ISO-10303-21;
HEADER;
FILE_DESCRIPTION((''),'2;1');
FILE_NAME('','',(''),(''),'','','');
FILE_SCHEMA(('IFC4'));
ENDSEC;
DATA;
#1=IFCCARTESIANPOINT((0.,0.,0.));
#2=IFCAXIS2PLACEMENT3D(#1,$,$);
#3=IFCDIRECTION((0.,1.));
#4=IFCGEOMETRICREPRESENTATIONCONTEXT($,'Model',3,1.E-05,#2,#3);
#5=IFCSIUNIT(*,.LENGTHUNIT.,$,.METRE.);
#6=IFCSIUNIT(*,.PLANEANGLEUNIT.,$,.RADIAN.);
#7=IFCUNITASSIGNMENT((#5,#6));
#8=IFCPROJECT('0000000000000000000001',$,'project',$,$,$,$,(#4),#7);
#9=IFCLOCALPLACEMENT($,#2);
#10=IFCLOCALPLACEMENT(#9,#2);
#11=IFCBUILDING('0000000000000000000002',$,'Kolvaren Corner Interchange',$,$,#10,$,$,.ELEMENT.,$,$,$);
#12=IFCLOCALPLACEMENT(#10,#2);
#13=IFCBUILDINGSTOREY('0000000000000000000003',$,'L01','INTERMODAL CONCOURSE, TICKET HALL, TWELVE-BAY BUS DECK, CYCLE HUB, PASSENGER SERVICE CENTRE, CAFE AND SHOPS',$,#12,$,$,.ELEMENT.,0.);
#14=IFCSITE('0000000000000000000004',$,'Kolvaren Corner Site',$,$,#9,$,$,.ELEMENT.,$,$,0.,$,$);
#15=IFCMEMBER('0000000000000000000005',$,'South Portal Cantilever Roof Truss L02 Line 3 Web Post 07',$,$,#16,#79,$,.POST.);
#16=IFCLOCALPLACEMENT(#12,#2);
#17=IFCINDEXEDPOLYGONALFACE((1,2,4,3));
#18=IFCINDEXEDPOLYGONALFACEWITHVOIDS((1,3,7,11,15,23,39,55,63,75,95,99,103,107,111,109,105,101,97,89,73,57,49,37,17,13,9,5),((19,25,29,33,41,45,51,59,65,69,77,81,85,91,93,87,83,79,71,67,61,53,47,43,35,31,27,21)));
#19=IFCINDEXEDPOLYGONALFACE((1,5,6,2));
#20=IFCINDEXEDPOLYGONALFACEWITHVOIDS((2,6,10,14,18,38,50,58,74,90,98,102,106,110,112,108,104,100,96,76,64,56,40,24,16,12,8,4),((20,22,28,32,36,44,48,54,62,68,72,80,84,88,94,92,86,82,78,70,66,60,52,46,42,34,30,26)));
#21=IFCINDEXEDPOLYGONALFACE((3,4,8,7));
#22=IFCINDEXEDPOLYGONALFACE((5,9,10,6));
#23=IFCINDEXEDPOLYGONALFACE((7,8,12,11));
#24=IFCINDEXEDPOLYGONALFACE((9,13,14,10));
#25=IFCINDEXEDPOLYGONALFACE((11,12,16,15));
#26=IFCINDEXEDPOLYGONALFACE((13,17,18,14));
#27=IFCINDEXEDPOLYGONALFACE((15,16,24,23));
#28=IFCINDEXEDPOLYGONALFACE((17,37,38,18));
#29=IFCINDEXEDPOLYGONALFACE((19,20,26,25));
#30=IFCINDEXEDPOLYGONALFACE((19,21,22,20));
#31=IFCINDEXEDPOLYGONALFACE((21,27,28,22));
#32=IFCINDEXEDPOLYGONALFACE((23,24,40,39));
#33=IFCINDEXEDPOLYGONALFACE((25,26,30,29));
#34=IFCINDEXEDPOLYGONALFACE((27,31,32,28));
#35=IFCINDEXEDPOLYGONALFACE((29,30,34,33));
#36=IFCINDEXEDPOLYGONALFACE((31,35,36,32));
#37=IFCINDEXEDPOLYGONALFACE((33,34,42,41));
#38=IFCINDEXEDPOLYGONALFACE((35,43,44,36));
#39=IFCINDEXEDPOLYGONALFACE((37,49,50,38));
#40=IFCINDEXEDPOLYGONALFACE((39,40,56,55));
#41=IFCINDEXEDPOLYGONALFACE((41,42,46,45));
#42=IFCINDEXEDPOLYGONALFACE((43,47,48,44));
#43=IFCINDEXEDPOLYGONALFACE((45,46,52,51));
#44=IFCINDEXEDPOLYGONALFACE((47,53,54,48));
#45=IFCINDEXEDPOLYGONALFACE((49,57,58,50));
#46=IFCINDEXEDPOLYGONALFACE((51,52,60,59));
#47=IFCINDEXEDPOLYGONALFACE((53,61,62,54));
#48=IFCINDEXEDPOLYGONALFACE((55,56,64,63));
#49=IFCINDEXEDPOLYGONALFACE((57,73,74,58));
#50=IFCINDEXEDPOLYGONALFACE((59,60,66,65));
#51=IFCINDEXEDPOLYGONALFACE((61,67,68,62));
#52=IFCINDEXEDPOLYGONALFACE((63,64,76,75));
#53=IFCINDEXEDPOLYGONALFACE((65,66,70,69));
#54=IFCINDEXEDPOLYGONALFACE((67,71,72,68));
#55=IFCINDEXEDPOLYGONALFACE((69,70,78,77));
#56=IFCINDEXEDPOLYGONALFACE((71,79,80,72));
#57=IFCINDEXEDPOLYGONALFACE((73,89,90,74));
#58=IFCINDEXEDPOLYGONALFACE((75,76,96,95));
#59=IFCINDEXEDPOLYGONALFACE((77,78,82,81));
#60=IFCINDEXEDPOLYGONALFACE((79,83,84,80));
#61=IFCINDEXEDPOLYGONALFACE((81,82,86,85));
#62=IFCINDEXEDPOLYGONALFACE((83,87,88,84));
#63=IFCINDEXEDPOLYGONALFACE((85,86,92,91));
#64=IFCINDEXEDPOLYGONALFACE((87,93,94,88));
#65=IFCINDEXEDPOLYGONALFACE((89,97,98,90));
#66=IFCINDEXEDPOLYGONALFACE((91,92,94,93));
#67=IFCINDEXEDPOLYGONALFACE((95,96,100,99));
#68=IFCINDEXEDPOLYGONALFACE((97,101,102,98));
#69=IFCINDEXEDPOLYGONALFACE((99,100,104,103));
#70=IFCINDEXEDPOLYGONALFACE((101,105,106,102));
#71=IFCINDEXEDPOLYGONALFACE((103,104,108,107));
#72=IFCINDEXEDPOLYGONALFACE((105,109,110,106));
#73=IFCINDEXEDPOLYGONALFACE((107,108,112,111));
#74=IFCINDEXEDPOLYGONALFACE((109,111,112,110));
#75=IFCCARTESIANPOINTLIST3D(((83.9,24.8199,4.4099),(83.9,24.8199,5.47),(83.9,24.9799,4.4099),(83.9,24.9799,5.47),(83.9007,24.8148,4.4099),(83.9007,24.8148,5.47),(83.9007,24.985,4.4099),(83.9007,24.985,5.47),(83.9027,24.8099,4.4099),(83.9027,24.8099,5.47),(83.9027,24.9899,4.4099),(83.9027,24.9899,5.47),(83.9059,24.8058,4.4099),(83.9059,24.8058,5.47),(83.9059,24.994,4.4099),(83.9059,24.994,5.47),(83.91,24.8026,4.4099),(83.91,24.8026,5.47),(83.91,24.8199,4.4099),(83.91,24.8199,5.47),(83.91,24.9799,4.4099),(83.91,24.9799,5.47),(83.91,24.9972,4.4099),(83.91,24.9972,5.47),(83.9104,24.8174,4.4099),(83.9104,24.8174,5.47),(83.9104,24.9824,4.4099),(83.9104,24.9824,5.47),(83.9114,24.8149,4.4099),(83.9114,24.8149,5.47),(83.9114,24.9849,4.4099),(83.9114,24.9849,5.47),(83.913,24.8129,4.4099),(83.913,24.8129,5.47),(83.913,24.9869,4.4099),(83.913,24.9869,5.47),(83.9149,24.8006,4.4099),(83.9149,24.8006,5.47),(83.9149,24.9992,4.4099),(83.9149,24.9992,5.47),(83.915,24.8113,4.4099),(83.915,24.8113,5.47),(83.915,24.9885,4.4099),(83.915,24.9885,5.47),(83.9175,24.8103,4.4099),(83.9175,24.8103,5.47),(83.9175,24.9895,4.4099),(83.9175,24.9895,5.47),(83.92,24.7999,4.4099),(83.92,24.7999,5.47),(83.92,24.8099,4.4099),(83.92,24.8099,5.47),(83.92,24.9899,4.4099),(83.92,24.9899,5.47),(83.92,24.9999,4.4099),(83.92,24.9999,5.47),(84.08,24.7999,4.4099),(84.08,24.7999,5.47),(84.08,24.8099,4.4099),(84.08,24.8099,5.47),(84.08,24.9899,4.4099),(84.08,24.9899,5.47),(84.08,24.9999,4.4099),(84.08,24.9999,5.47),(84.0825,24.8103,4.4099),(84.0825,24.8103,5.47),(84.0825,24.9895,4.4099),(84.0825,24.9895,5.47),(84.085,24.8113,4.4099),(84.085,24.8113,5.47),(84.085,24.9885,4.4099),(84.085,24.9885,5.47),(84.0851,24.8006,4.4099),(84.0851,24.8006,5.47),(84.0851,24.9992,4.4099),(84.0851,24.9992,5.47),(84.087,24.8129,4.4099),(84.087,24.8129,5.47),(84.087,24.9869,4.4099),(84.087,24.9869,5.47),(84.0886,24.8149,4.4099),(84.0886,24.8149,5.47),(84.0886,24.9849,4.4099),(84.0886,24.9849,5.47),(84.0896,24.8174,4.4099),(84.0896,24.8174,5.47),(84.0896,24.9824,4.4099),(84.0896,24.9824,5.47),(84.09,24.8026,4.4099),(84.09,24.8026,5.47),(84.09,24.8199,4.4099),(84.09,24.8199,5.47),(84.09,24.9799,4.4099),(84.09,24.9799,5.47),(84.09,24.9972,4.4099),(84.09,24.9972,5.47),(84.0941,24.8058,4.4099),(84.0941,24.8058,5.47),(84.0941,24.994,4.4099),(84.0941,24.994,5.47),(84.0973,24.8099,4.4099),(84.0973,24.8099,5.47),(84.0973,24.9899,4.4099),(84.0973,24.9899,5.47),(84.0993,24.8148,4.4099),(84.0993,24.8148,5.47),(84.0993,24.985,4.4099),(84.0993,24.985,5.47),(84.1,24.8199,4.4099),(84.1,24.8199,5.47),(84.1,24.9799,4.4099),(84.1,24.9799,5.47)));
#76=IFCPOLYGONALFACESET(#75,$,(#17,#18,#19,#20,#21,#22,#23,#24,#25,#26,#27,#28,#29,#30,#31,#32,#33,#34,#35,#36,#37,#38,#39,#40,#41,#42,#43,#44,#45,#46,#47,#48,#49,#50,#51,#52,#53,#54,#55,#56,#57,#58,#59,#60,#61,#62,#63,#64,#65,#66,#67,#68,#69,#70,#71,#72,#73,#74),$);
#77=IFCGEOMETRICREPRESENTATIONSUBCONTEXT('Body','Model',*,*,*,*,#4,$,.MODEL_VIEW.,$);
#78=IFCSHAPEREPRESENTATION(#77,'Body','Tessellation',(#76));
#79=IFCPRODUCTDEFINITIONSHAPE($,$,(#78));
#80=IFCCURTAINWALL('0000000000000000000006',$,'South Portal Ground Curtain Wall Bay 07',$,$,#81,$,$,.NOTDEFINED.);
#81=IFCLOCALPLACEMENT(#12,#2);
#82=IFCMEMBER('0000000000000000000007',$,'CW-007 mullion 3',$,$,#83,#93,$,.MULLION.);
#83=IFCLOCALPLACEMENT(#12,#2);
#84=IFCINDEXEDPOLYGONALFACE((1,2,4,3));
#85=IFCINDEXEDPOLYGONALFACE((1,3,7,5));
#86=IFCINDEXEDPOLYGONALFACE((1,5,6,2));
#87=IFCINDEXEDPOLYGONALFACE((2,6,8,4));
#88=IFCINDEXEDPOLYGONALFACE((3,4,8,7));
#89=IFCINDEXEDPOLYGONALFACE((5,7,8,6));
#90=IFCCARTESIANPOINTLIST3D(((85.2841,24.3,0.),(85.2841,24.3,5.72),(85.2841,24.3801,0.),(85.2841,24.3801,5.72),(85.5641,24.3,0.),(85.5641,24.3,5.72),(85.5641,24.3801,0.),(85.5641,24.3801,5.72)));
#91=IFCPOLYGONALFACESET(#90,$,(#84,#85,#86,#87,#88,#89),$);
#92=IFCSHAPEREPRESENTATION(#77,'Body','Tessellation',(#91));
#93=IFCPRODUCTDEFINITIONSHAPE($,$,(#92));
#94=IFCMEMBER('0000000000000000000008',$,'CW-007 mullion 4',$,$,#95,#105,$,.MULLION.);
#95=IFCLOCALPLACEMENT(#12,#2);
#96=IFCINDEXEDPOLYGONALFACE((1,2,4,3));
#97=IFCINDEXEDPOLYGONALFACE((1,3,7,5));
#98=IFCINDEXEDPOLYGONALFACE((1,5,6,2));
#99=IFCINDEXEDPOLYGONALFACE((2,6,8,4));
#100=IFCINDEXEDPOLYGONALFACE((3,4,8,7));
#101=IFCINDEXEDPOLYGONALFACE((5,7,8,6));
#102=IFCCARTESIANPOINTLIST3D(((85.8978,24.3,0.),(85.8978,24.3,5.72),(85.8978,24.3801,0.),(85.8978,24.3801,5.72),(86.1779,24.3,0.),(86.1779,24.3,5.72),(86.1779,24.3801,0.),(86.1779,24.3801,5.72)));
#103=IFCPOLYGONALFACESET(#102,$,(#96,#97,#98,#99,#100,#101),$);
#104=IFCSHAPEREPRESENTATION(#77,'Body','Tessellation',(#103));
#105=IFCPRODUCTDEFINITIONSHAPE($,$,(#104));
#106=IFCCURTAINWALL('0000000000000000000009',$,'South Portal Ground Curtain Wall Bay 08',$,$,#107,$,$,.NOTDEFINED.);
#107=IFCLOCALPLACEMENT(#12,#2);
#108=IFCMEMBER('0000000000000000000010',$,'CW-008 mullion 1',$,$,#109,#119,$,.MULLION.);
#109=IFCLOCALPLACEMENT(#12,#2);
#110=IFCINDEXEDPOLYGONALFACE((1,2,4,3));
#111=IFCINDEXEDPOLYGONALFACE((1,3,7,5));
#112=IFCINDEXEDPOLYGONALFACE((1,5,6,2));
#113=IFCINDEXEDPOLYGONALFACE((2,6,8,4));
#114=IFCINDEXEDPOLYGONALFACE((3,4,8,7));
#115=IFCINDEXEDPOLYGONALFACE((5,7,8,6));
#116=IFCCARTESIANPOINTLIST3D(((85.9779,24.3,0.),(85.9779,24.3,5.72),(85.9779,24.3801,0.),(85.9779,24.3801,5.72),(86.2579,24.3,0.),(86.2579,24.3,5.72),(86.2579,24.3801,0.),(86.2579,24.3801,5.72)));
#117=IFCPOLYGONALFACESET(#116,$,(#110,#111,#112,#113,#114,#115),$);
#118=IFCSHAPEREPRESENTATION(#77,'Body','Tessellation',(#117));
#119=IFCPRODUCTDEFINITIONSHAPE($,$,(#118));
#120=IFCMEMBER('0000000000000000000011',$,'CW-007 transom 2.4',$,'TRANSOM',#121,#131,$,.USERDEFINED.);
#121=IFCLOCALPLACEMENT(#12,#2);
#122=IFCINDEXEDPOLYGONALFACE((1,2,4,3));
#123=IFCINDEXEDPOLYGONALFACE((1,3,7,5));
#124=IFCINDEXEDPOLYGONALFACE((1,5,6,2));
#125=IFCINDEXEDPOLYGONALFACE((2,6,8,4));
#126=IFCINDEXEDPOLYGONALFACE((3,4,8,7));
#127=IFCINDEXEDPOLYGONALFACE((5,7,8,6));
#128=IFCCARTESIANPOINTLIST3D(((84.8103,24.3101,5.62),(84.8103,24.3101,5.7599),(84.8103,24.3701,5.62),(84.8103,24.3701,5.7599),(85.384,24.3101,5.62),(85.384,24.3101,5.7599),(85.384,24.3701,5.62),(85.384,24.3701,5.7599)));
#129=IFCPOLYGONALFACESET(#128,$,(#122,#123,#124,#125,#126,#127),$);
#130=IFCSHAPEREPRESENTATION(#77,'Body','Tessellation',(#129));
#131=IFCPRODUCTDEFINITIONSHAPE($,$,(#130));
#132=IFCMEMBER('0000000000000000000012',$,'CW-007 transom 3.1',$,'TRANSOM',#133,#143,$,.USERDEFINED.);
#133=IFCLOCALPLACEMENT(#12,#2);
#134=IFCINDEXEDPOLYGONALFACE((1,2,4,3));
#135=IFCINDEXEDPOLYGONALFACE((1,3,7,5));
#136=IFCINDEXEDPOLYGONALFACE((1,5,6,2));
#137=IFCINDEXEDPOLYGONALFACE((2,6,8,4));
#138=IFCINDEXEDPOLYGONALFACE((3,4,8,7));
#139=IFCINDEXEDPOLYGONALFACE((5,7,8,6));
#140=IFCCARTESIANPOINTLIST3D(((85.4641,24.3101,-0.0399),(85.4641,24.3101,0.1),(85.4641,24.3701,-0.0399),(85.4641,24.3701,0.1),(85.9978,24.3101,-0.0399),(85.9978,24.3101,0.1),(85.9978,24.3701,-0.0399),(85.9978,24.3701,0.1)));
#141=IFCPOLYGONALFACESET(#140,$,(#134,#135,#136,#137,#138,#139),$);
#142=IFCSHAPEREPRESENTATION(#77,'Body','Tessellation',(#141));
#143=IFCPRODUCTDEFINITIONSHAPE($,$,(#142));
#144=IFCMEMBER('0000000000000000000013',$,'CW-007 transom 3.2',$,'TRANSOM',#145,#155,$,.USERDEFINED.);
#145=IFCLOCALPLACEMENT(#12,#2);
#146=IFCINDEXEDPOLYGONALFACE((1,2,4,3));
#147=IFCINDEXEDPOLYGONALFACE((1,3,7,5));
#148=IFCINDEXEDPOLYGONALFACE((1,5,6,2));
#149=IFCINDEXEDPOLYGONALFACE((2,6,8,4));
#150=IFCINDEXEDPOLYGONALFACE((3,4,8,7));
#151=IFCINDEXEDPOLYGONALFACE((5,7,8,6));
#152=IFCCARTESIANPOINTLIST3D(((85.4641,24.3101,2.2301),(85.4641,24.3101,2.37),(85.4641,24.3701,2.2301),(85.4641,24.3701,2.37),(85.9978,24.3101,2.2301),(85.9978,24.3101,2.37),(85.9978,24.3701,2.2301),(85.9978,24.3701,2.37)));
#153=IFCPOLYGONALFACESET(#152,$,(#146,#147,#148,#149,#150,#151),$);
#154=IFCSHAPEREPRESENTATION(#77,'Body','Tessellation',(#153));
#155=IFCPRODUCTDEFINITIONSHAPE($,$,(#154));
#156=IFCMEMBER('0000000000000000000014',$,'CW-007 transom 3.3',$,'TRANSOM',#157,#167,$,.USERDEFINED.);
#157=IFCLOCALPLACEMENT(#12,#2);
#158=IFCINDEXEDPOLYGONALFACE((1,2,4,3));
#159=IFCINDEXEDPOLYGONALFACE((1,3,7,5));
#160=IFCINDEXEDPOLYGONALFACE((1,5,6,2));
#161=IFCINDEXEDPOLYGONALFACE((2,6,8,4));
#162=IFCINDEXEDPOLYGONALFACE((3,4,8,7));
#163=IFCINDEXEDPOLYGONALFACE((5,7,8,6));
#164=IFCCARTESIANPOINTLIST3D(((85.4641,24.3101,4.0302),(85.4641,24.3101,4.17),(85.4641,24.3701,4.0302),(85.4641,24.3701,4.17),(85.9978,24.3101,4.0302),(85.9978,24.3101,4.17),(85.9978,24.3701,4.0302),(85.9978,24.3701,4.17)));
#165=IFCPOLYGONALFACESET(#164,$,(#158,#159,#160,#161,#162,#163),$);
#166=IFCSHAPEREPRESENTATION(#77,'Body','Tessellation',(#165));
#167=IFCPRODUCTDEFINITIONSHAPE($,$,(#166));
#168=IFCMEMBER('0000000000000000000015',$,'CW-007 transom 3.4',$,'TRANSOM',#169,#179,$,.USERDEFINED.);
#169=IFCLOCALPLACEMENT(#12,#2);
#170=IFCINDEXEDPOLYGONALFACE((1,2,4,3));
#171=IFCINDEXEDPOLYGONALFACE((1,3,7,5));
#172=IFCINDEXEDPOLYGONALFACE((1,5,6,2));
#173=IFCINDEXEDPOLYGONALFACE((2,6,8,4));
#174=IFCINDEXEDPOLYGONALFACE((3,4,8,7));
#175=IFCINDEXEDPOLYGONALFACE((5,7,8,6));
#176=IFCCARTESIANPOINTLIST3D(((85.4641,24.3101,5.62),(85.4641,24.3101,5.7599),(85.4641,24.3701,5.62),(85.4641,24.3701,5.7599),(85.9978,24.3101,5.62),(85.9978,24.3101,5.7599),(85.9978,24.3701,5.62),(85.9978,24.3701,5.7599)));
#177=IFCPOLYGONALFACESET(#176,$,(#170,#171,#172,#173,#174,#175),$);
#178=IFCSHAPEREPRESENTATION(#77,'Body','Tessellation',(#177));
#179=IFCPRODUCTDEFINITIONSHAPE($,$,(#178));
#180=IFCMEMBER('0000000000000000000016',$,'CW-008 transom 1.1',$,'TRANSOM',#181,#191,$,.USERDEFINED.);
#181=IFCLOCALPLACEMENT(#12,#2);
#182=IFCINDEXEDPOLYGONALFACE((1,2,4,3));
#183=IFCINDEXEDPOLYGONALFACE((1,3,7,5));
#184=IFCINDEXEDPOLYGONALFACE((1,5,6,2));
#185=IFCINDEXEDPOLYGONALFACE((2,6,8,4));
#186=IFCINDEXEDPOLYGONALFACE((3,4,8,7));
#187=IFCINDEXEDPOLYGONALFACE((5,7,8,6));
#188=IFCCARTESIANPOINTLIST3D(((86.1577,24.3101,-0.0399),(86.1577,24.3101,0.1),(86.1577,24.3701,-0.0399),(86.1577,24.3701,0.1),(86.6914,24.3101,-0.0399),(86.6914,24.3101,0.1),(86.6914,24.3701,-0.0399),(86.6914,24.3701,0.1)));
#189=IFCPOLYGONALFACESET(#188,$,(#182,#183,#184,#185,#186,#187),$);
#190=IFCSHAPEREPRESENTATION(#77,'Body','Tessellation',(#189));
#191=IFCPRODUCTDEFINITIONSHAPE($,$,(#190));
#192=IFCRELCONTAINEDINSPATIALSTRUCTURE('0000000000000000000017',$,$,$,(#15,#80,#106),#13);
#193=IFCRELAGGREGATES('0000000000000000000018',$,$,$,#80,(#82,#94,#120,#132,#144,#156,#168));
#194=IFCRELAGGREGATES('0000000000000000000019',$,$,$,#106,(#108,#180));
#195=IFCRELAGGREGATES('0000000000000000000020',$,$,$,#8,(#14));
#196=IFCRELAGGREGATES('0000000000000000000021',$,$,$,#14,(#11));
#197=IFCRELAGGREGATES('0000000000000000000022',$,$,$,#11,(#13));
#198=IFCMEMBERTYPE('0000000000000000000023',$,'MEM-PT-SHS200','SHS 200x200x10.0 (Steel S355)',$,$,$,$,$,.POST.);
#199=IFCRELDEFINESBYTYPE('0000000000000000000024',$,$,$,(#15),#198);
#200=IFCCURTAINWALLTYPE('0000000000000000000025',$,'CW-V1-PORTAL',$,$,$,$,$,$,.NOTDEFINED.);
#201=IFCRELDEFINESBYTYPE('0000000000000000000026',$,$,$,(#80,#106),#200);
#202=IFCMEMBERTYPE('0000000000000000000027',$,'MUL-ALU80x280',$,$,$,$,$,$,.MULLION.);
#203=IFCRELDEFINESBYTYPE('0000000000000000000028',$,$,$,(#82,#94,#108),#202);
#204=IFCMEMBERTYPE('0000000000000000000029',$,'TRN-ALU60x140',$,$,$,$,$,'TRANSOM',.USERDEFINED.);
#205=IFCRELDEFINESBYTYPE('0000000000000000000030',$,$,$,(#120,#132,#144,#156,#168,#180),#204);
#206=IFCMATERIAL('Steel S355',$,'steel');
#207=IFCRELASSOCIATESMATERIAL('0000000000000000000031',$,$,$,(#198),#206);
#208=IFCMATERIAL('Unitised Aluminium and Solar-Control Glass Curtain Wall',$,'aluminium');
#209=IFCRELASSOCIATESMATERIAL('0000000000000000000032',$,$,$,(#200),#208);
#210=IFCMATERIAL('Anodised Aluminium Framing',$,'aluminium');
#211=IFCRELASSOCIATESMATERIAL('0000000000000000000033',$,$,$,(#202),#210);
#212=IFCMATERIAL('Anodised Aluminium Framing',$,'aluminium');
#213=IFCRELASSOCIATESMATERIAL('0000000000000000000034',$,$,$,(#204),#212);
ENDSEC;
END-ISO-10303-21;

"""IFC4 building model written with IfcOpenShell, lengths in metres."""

from ifc_helpers import new_model, si_unit, direction, frame, origin, origin_2d, place, context, subcontext, project, spatial, rectangle, hollow_rectangle, extrude, material, material_profile, profile_set, type_object, element, aggregate, save


model = new_model("IFC4")

# Units and contexts
model_context = context("Model", 3, precision=1e-05, world=origin(), true_north=direction((0.0, 1.0)))
body_context = subcontext(model_context, "Body", "Model", "MODEL_VIEW")
ifc_project = project(units=[si_unit("LENGTHUNIT", "METRE"), si_unit("PLANEANGLEUNIT", "RADIAN")], contexts=[model_context])

# Site, building, storey
site_placement = place(None, origin())
site = spatial("IfcSite", under=ifc_project, at=site_placement, Name="Kolvaren Corner Site", CompositionType="ELEMENT", RefElevation=0.0)
building_placement = place(site_placement, origin())
building = spatial("IfcBuilding", under=site, at=building_placement, Name="Kolvaren Corner Interchange", CompositionType="ELEMENT")
storey_placement = place(building_placement, origin())
storey = spatial("IfcBuildingStorey", under=building, at=storey_placement, Name="L01", Description="INTERMODAL CONCOURSE, TICKET HALL, TWELVE-BAY BUS DECK, CYCLE HUB, PASSENGER SERVICE CENTRE, CAFE AND SHOPS", CompositionType="ELEMENT", Elevation=0.0)

# Member
ifc_material_1 = material(Name="Steel S355", Category="steel")
ifc_material_profile_1 = material_profile(ifc_material_1, hollow_rectangle(XDim=0.2, YDim=0.2, WallThickness=0.01, InnerFilletRadius=0.01, OuterFilletRadius=0.02, at=origin_2d()), Name="SHS 200x200x10.0")
ifc_profile_set_1 = profile_set([ifc_material_profile_1], Name="Steel S355")
member_type_1 = type_object("IfcMemberType", Name="MEM-PT-SHS200", Description="SHS 200x200x10.0 (Steel S355)", PredefinedType="POST", material=ifc_profile_set_1)
member_1_placement = place(storey_placement, frame((84.0, 24.8999, 4.4099), z_axis=(0.0, 0.0, 1.0), x_axis=(1.0, 0.0, 0.0)))
element("IfcMember", 1, at=member_1_placement, inside=storey, type_object=member_type_1, Name="South Portal Cantilever Roof Truss L02 Line 3 Web Post 07", PredefinedType="POST", context=body_context, shape_type="SweptSolid", body=[
    extrude(hollow_rectangle(XDim=0.2, YDim=0.2, WallThickness=0.01, InnerFilletRadius=0.01, OuterFilletRadius=0.02, at=origin_2d()), origin(), (0.0, 0.0, 1.0), 1.0601),
])

# Curtain wall, members
ifc_material_2 = material(Name="Unitised Aluminium and Solar-Control Glass Curtain Wall", Category="aluminium")
curtain_wall_type = type_object("IfcCurtainWallType", Name="CW-V1-PORTAL", PredefinedType="NOTDEFINED", material=ifc_material_2)
curtain_wall_1_placement = place(storey_placement, origin())
curtain_wall_1 = element("IfcCurtainWall", 2, at=curtain_wall_1_placement, inside=storey, type_object=curtain_wall_type, Name="South Portal Ground Curtain Wall Bay 07", PredefinedType="NOTDEFINED")
ifc_material_3 = material(Name="Anodised Aluminium Framing", Category="aluminium")
ifc_material_profile_2 = material_profile(ifc_material_3, rectangle(XDim=0.0801, YDim=0.28, at=origin_2d()), Name="ALU 80x280")
ifc_profile_set_2 = profile_set([ifc_material_profile_2], Name="Anodised Aluminium Framing")
member_type_2 = type_object("IfcMemberType", Name="MUL-ALU80x280", PredefinedType="MULLION", material=ifc_profile_set_2)
member_2_placement = place(storey_placement, frame((85.4241, 24.3401, 0.0), z_axis=(0.0, 0.0, 1.0), x_axis=(0.0, 1.0, 0.0)))
member_2 = element("IfcMember", 3, at=member_2_placement, type_object=member_type_2, Name="CW-007 mullion 3", PredefinedType="MULLION", context=body_context, shape_type="SweptSolid", body=[
    extrude(rectangle(XDim=0.0801, YDim=0.28, at=origin_2d()), origin(), (0.0, 0.0, 1.0), 5.72),
])
member_3_placement = place(storey_placement, frame((86.0378, 24.3401, 0.0), z_axis=(0.0, 0.0, 1.0), x_axis=(0.0, 1.0, 0.0)))
member_3 = element("IfcMember", 4, at=member_3_placement, type_object=member_type_2, Name="CW-007 mullion 4", PredefinedType="MULLION", context=body_context, shape_type="SweptSolid", body=[
    extrude(rectangle(XDim=0.0801, YDim=0.28, at=origin_2d()), origin(), (0.0, 0.0, 1.0), 5.72),
])

# Curtain wall, member
curtain_wall_2_placement = place(storey_placement, origin())
curtain_wall_2 = element("IfcCurtainWall", 5, at=curtain_wall_2_placement, inside=storey, type_object=curtain_wall_type, Name="South Portal Ground Curtain Wall Bay 08", PredefinedType="NOTDEFINED")
member_4_placement = place(storey_placement, frame((86.1179, 24.3401, 0.0), z_axis=(0.0, 0.0, 1.0), x_axis=(0.0, 1.0, 0.0)))
member_4 = element("IfcMember", 6, at=member_4_placement, type_object=member_type_2, Name="CW-008 mullion 1", PredefinedType="MULLION", context=body_context, shape_type="SweptSolid", body=[
    extrude(rectangle(XDim=0.0801, YDim=0.28, at=origin_2d()), origin(), (0.0, 0.0, 1.0), 5.72),
])

# Members
ifc_material_4 = material(Name="Anodised Aluminium Framing", Category="aluminium")
ifc_material_profile_3 = material_profile(ifc_material_4, rectangle(XDim=0.0601, YDim=0.1399, at=origin_2d()), Name="ALU 60x140")
ifc_profile_set_3 = profile_set([ifc_material_profile_3], Name="Anodised Aluminium Framing")
member_type_3 = type_object("IfcMemberType", Name="TRN-ALU60x140", ElementType="TRANSOM", PredefinedType="USERDEFINED", material=ifc_profile_set_3)
member_5_placement = place(storey_placement, frame((84.8103, 24.3401, 5.6899), z_axis=(1.0, 0.0, 0.0), x_axis=(0.0, 1.0, 0.0)))
member_5 = element("IfcMember", 7, at=member_5_placement, type_object=member_type_3, Name="CW-007 transom 2.4", ObjectType="TRANSOM", PredefinedType="USERDEFINED", context=body_context, shape_type="SweptSolid", body=[
    extrude(rectangle(XDim=0.0601, YDim=0.1399, at=origin_2d()), origin(), (0.0, 0.0, 1.0), 0.5737),
])
member_6_placement = place(storey_placement, frame((85.4641, 24.3401, 0.03), z_axis=(1.0, 0.0, 0.0), x_axis=(0.0, 1.0, 0.0)))
member_6 = element("IfcMember", 8, at=member_6_placement, type_object=member_type_3, Name="CW-007 transom 3.1", ObjectType="TRANSOM", PredefinedType="USERDEFINED", context=body_context, shape_type="SweptSolid", body=[
    extrude(rectangle(XDim=0.0601, YDim=0.1399, at=origin_2d()), origin(), (0.0, 0.0, 1.0), 0.5337),
])
member_7_placement = place(storey_placement, frame((85.4641, 24.3401, 2.3), z_axis=(1.0, 0.0, 0.0), x_axis=(0.0, 1.0, 0.0)))
member_7 = element("IfcMember", 9, at=member_7_placement, type_object=member_type_3, Name="CW-007 transom 3.2", ObjectType="TRANSOM", PredefinedType="USERDEFINED", context=body_context, shape_type="SweptSolid", body=[
    extrude(rectangle(XDim=0.0601, YDim=0.1399, at=origin_2d()), origin(), (0.0, 0.0, 1.0), 0.5337),
])
member_8_placement = place(storey_placement, frame((85.4641, 24.3401, 4.1001), z_axis=(1.0, 0.0, 0.0), x_axis=(0.0, 1.0, 0.0)))
member_8 = element("IfcMember", 10, at=member_8_placement, type_object=member_type_3, Name="CW-007 transom 3.3", ObjectType="TRANSOM", PredefinedType="USERDEFINED", context=body_context, shape_type="SweptSolid", body=[
    extrude(rectangle(XDim=0.0601, YDim=0.1399, at=origin_2d()), origin(), (0.0, 0.0, 1.0), 0.5337),
])
member_9_placement = place(storey_placement, frame((85.4641, 24.3401, 5.6899), z_axis=(1.0, 0.0, 0.0), x_axis=(0.0, 1.0, 0.0)))
member_9 = element("IfcMember", 11, at=member_9_placement, type_object=member_type_3, Name="CW-007 transom 3.4", ObjectType="TRANSOM", PredefinedType="USERDEFINED", context=body_context, shape_type="SweptSolid", body=[
    extrude(rectangle(XDim=0.0601, YDim=0.1399, at=origin_2d()), origin(), (0.0, 0.0, 1.0), 0.5337),
])
member_10_placement = place(storey_placement, frame((86.1577, 24.3401, 0.03), z_axis=(1.0, 0.0, 0.0), x_axis=(0.0, 1.0, 0.0)))
member_10 = element("IfcMember", 12, at=member_10_placement, type_object=member_type_3, Name="CW-008 transom 1.1", ObjectType="TRANSOM", PredefinedType="USERDEFINED", context=body_context, shape_type="SweptSolid", body=[
    extrude(rectangle(XDim=0.0601, YDim=0.1399, at=origin_2d()), origin(), (0.0, 0.0, 1.0), 0.5337),
])

aggregate(curtain_wall_1, [member_2, member_3, member_5, member_6, member_7, member_8, member_9])
aggregate(curtain_wall_2, [member_4, member_10])

save(model, "model.ifc")
